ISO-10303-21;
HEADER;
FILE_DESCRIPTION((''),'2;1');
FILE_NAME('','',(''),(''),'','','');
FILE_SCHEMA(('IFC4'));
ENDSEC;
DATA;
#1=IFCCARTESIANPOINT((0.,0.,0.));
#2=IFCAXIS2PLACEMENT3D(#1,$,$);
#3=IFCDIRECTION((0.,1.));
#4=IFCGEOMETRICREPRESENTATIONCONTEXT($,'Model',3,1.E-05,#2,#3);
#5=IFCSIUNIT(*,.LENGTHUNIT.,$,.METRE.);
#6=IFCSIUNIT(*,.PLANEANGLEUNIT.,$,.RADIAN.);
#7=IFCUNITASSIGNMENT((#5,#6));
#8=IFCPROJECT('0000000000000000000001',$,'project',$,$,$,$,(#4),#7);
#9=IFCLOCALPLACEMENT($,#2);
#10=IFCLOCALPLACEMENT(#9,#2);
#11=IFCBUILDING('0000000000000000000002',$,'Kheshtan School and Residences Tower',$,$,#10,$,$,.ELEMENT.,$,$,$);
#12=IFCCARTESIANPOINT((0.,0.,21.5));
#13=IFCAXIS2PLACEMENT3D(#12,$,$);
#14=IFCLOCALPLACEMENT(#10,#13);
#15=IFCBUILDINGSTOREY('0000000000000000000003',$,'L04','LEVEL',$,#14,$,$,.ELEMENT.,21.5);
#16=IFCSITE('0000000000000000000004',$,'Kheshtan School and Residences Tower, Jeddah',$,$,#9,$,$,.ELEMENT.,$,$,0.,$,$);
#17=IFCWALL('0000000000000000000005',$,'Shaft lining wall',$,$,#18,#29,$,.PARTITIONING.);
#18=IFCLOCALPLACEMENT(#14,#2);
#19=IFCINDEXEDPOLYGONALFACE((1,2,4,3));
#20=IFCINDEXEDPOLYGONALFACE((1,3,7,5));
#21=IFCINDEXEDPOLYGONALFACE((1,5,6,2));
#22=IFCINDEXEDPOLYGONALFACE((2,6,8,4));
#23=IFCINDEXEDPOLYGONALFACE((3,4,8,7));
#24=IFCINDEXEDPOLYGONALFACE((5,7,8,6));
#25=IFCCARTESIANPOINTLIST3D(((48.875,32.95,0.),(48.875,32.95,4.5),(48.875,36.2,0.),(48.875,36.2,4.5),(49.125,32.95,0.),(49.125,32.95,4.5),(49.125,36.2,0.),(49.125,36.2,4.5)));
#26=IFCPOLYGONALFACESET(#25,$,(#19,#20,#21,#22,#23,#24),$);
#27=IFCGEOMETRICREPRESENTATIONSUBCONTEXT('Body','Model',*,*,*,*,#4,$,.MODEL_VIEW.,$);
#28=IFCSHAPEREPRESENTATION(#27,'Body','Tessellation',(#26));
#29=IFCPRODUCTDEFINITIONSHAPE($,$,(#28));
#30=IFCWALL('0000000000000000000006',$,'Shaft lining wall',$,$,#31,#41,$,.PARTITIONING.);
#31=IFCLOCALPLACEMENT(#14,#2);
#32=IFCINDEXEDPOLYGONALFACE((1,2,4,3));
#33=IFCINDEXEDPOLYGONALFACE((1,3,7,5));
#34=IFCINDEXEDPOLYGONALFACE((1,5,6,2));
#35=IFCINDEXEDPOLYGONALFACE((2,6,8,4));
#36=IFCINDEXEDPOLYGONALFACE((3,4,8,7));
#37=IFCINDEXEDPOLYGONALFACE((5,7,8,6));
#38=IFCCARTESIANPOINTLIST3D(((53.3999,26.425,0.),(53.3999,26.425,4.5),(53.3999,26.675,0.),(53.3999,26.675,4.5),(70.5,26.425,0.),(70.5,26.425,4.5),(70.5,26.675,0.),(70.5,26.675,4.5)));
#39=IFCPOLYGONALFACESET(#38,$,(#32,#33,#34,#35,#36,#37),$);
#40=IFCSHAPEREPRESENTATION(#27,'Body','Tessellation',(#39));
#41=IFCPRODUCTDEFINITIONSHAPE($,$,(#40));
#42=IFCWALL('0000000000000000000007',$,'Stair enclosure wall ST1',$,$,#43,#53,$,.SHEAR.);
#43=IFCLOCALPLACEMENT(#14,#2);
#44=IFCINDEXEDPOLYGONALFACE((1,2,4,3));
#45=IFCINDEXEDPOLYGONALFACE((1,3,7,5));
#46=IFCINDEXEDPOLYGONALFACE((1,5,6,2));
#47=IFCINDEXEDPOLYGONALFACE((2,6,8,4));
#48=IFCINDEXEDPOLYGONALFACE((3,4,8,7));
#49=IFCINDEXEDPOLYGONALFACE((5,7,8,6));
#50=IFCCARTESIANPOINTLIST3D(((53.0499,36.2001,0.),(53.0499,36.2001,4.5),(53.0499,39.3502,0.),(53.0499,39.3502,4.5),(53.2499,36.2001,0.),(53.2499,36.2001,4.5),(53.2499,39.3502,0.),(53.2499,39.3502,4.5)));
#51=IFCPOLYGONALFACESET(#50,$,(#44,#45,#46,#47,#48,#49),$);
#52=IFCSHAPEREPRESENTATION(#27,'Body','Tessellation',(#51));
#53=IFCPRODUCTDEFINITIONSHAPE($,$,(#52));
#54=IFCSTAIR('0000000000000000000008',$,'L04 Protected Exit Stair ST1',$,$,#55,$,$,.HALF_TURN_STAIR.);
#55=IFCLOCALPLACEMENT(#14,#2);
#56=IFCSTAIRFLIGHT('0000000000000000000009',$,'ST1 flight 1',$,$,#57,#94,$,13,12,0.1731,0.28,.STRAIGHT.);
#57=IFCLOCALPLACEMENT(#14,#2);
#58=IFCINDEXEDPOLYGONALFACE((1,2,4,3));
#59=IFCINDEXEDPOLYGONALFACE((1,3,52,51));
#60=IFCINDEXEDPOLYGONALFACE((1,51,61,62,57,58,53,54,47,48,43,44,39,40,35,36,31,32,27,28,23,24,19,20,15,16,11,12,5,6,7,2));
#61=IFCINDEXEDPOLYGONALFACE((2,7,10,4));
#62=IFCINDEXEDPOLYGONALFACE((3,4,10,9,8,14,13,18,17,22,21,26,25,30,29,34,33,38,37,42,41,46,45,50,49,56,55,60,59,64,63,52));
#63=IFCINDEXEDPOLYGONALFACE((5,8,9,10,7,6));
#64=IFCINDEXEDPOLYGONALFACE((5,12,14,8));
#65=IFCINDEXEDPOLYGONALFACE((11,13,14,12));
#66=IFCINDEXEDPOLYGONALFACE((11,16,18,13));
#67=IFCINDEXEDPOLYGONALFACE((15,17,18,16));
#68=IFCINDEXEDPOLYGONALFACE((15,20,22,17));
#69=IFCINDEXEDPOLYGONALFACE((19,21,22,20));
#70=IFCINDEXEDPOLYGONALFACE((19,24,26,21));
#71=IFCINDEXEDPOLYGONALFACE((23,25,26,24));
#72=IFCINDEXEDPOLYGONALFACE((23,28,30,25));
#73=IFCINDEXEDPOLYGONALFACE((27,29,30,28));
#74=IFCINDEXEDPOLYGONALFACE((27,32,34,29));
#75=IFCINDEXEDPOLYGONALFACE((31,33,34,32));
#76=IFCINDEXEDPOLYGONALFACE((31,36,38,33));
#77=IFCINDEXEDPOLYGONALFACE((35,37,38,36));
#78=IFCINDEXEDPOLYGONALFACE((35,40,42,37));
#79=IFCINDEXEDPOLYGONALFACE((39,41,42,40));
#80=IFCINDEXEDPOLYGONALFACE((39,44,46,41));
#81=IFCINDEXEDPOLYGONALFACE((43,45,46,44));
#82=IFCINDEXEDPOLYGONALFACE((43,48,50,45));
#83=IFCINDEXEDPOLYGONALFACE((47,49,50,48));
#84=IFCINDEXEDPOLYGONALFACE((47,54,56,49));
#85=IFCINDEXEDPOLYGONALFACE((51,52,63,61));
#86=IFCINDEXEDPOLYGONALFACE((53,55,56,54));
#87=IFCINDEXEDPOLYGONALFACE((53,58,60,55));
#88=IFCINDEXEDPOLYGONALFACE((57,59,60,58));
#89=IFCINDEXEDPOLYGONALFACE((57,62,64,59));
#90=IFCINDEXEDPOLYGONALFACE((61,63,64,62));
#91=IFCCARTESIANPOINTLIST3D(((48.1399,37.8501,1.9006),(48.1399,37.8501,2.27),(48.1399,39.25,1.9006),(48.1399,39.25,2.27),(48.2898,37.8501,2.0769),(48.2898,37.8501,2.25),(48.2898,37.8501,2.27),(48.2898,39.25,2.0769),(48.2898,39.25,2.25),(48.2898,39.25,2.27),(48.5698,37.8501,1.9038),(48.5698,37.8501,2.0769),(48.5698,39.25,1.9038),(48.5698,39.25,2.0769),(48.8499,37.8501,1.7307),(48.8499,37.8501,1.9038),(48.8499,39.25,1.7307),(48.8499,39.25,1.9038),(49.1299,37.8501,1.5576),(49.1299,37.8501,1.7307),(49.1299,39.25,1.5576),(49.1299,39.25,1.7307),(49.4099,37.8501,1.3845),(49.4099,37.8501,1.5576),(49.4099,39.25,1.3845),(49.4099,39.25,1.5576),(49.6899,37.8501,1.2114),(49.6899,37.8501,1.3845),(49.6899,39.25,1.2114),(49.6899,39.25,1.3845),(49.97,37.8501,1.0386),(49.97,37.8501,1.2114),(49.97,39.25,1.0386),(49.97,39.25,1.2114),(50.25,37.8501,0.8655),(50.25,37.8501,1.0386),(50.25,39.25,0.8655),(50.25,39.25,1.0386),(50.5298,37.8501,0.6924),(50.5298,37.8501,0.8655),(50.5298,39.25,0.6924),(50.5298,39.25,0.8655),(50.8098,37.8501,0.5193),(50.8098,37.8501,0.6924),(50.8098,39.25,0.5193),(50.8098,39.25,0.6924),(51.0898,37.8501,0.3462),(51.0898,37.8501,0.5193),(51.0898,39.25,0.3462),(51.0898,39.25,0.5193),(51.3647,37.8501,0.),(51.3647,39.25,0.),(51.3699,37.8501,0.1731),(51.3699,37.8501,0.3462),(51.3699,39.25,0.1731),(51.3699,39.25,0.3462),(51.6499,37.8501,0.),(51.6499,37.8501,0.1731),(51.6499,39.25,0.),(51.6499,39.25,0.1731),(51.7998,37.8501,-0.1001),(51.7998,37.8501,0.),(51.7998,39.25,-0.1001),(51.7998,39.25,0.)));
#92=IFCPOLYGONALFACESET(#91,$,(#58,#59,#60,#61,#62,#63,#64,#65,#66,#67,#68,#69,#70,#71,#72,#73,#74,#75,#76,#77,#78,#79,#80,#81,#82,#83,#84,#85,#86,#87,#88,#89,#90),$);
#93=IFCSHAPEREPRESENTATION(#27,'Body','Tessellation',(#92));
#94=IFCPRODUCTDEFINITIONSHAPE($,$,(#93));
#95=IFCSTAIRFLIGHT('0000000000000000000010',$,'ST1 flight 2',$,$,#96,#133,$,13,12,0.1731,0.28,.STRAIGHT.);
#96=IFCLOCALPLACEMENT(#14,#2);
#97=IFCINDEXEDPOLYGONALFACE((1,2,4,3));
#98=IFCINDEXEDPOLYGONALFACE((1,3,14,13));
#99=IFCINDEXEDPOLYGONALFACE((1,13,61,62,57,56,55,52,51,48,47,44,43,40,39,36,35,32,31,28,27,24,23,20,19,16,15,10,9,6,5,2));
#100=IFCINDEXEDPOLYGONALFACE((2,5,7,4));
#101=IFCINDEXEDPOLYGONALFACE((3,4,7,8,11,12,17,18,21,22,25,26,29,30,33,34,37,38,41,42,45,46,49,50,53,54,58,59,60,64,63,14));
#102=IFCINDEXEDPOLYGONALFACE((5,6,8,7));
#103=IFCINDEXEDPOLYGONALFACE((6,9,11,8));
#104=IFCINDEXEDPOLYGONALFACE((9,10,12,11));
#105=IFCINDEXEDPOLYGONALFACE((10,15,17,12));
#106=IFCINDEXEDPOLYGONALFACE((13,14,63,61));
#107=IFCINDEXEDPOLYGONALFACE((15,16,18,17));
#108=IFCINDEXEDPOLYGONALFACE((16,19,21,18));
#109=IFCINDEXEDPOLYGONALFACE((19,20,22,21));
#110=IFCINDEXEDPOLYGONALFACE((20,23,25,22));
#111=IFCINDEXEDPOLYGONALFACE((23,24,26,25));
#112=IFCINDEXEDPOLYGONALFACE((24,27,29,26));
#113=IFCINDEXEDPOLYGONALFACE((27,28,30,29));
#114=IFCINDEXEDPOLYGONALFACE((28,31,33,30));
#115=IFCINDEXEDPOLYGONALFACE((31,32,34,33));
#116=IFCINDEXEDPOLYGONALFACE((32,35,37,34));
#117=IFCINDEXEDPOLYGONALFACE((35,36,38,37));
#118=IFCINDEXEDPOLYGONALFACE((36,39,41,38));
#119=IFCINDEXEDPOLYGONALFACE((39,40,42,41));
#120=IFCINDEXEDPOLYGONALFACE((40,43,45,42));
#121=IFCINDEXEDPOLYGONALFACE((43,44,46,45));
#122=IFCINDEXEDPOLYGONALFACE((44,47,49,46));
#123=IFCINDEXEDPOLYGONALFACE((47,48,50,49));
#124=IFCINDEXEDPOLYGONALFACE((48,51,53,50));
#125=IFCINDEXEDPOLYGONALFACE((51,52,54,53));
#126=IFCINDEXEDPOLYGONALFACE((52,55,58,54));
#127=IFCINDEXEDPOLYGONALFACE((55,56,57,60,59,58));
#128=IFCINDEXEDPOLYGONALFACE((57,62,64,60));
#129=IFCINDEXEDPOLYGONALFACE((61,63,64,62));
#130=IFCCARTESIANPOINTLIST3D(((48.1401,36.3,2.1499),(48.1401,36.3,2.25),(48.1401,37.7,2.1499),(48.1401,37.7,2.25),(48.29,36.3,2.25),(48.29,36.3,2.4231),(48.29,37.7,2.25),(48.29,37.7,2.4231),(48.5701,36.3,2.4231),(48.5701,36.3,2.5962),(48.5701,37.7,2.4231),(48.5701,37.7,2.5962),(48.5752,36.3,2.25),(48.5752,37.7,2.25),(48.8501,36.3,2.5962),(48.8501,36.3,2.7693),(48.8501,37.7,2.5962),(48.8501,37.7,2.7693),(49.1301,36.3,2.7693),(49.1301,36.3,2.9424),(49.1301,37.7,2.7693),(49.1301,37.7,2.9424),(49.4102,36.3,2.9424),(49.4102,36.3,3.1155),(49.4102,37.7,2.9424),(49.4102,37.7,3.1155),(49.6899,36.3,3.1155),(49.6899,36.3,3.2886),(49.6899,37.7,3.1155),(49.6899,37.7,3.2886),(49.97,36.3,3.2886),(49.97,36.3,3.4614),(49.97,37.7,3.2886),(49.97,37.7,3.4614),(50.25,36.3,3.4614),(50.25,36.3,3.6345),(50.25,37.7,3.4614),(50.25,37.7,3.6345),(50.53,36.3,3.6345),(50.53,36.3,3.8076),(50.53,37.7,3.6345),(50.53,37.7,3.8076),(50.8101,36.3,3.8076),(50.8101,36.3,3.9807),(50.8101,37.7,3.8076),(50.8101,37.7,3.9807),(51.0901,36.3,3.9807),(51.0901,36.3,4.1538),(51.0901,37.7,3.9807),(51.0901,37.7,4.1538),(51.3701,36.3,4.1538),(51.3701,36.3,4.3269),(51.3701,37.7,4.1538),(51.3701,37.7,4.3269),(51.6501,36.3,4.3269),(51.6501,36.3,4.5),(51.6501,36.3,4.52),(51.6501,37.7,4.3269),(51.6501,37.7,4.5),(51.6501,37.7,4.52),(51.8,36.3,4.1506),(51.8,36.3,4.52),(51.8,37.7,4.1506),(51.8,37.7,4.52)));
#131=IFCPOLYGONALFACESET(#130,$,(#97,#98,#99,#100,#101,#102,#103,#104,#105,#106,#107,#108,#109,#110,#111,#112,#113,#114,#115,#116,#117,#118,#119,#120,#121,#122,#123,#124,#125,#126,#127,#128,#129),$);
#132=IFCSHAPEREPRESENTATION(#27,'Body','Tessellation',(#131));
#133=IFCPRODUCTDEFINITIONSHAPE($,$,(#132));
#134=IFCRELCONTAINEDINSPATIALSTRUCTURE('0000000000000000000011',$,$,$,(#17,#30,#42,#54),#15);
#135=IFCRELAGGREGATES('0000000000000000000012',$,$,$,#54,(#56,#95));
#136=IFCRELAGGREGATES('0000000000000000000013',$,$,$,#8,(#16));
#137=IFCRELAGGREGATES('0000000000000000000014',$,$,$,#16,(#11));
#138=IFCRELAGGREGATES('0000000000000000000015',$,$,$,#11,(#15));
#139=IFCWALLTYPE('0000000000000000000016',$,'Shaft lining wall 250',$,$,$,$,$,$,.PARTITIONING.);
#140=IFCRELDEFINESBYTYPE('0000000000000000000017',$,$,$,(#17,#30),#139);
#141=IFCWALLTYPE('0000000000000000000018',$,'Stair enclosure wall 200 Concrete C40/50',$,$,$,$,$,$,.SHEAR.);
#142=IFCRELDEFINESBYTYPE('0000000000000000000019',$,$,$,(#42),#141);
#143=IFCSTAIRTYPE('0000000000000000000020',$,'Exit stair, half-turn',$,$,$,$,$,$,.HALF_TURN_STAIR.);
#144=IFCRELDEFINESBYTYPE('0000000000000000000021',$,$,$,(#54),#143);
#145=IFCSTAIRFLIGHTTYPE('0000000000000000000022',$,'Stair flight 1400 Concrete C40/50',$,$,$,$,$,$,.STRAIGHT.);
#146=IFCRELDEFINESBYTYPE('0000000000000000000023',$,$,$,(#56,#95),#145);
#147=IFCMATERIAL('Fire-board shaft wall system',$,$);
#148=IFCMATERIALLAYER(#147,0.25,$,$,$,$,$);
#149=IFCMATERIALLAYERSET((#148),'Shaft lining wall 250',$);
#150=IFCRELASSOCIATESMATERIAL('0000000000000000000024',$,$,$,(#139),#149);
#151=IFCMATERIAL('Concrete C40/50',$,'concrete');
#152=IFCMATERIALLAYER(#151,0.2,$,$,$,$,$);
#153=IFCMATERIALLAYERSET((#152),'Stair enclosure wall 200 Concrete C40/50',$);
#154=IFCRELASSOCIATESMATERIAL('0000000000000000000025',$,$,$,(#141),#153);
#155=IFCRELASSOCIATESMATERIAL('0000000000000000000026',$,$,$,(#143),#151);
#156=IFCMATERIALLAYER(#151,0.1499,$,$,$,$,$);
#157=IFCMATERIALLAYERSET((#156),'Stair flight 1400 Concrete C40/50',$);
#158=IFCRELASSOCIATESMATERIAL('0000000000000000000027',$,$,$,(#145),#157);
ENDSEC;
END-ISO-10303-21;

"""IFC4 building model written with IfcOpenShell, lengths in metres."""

from ifc_helpers import new_model, si_unit, direction, frame, frame_2d, origin, place, context, subcontext, project, spatial, polyline, rectangle, outline, extrude, material, layer, layer_set, type_object, element, aggregate, save


model = new_model("IFC4")

# Units and contexts
model_context = context("Model", 3, precision=1e-05, world=origin(), true_north=direction((0.0, 1.0)))
body_context = subcontext(model_context, "Body", "Model", "MODEL_VIEW")
ifc_project = project(units=[si_unit("LENGTHUNIT", "METRE"), si_unit("PLANEANGLEUNIT", "RADIAN")], contexts=[model_context])

# Site, building, storey
site_placement = place(None, origin())
site = spatial("IfcSite", under=ifc_project, at=site_placement, Name="Kheshtan School and Residences Tower, Jeddah", CompositionType="ELEMENT", RefElevation=0.0)
building_placement = place(site_placement, origin())
building = spatial("IfcBuilding", under=site, at=building_placement, Name="Kheshtan School and Residences Tower", CompositionType="ELEMENT")
storey_placement = place(building_placement, frame((0.0, 0.0, 21.5)))
storey = spatial("IfcBuildingStorey", under=building, at=storey_placement, Name="L04", Description="LEVEL", CompositionType="ELEMENT", Elevation=21.5)

# Walls
ifc_material_1 = material(Name="Fire-board shaft wall system")
ifc_layer_1 = layer(ifc_material_1, 0.25)
ifc_layer_set_1 = layer_set([ifc_layer_1], Name="Shaft lining wall 250")
wall_type_1 = type_object("IfcWallType", Name="Shaft lining wall 250", PredefinedType="PARTITIONING", material=ifc_layer_set_1)
wall_1_placement = place(storey_placement, frame((49.0, 32.95, 0.0), z_axis=(0.0, 0.0, 1.0), x_axis=(0.0, 1.0, 0.0)))
element("IfcWall", 1, at=wall_1_placement, inside=storey, type_object=wall_type_1, Name="Shaft lining wall", PredefinedType="PARTITIONING", context=body_context, shape_type="SweptSolid", body=[
    extrude(rectangle(XDim=3.25, YDim=0.25, at=frame_2d((1.625, 0.0))), origin(), (0.0, 0.0, 1.0), 4.5),
])
wall_2_placement = place(storey_placement, frame((53.3999, 26.55, 0.0), z_axis=(0.0, 0.0, 1.0), x_axis=(1.0, 0.0, 0.0)))
element("IfcWall", 2, at=wall_2_placement, inside=storey, type_object=wall_type_1, Name="Shaft lining wall", PredefinedType="PARTITIONING", context=body_context, shape_type="SweptSolid", body=[
    extrude(rectangle(XDim=17.1001, YDim=0.25, at=frame_2d((8.55, 0.0))), origin(), (0.0, 0.0, 1.0), 4.5),
])
ifc_material_2 = material(Name="Concrete C40/50", Category="concrete")
ifc_layer_2 = layer(ifc_material_2, 0.2)
ifc_layer_set_2 = layer_set([ifc_layer_2], Name="Stair enclosure wall 200 Concrete C40/50")
wall_type_2 = type_object("IfcWallType", Name="Stair enclosure wall 200 Concrete C40/50", PredefinedType="SHEAR", material=ifc_layer_set_2)
wall_3_placement = place(storey_placement, frame((53.1499, 36.2, 0.0), z_axis=(0.0, 0.0, 1.0), x_axis=(0.0, 1.0, 0.0)))
element("IfcWall", 3, at=wall_3_placement, inside=storey, type_object=wall_type_2, Name="Stair enclosure wall ST1", PredefinedType="SHEAR", context=body_context, shape_type="SweptSolid", body=[
    extrude(rectangle(XDim=3.1501, YDim=0.2, at=frame_2d((1.5752, 0.0))), origin(), (0.0, 0.0, 1.0), 4.5),
])

# Stair, stair flights
stair_type = type_object("IfcStairType", Name="Exit stair, half-turn", PredefinedType="HALF_TURN_STAIR", material=ifc_material_2)
stair_placement = place(storey_placement, origin())
stair = element("IfcStair", 4, at=stair_placement, inside=storey, type_object=stair_type, Name="L04 Protected Exit Stair ST1", PredefinedType="HALF_TURN_STAIR")
ifc_layer_3 = layer(ifc_material_2, 0.1499)
ifc_layer_set_3 = layer_set([ifc_layer_3], Name="Stair flight 1400 Concrete C40/50")
stair_flight_type = type_object("IfcStairFlightType", Name="Stair flight 1400 Concrete C40/50", PredefinedType="STRAIGHT", material=ifc_layer_set_3)
stair_flight_1_placement = place(storey_placement, frame((51.6499, 38.55, 0.0), z_axis=(0.0, 0.0, 1.0), x_axis=(-1.0, 0.0, 0.0)))
stair_flight_1 = element("IfcStairFlight", 5, at=stair_flight_1_placement, type_object=stair_flight_type, Name="ST1 flight 1", NumberOfRisers=13, NumberOfTreads=12, PredefinedType="STRAIGHT", RiserHeight=0.1731, TreadLength=0.28, context=body_context, shape_type="SweptSolid", body=[
    extrude(outline(polyline([(-0.1499, -0.1001), (-0.1499, 0.0), (0.0, 0.0), (0.0, 0.1731), (0.28, 0.1731), (0.28, 0.3462), (0.5601, 0.3462), (0.5601, 0.5193), (0.8401, 0.5193), (0.8401, 0.6924), (1.1201, 0.6924), (1.1201, 0.8655), (1.3999, 0.8655), (1.3999, 1.0386), (1.6799, 1.0386), (1.6799, 1.2114), (1.96, 1.2114), (1.96, 1.3845), (2.24, 1.3845), (2.24, 1.5576), (2.52, 1.5576), (2.52, 1.7307), (2.8, 1.7307), (2.8, 1.9038), (3.0801, 1.9038), (3.0801, 2.0769), (3.3601, 2.0769), (3.3601, 2.25), (3.3601, 2.27), (3.51, 2.27), (3.51, 1.9006), (0.2852, 0.0), (-0.1499, -0.1001)])), frame((0.0, 0.7, 0.0), z_axis=(0.0, -1.0, 0.0), x_axis=(1.0, 0.0, 0.0)), (0.0, 0.0, 1.0), 1.3999),
])
stair_flight_2_placement = place(storey_placement, frame((48.29, 37.0, 2.25), z_axis=(0.0, 0.0, 1.0), x_axis=(1.0, 0.0, 0.0)))
stair_flight_2 = element("IfcStairFlight", 6, at=stair_flight_2_placement, type_object=stair_flight_type, Name="ST1 flight 2", NumberOfRisers=13, NumberOfTreads=12, PredefinedType="STRAIGHT", RiserHeight=0.1731, TreadLength=0.28, context=body_context, shape_type="SweptSolid", body=[
    extrude(outline(polyline([(-0.1499, -0.1001), (-0.1499, 0.0), (0.0, 0.0), (0.0, 0.1731), (0.28, 0.1731), (0.28, 0.3462), (0.5601, 0.3462), (0.5601, 0.5193), (0.8401, 0.5193), (0.8401, 0.6924), (1.1201, 0.6924), (1.1201, 0.8655), (1.3999, 0.8655), (1.3999, 1.0386), (1.6799, 1.0386), (1.6799, 1.2114), (1.96, 1.2114), (1.96, 1.3845), (2.24, 1.3845), (2.24, 1.5576), (2.52, 1.5576), (2.52, 1.7307), (2.8, 1.7307), (2.8, 1.9038), (3.0801, 1.9038), (3.0801, 2.0769), (3.3601, 2.0769), (3.3601, 2.25), (3.3601, 2.27), (3.51, 2.27), (3.51, 1.9006), (0.2852, 0.0), (-0.1499, -0.1001)])), frame((0.0, 0.7, 0.0), z_axis=(0.0, -1.0, 0.0), x_axis=(1.0, 0.0, 0.0)), (0.0, 0.0, 1.0), 1.3999),
])
aggregate(stair, [stair_flight_1, stair_flight_2])

save(model, "model.ifc")
